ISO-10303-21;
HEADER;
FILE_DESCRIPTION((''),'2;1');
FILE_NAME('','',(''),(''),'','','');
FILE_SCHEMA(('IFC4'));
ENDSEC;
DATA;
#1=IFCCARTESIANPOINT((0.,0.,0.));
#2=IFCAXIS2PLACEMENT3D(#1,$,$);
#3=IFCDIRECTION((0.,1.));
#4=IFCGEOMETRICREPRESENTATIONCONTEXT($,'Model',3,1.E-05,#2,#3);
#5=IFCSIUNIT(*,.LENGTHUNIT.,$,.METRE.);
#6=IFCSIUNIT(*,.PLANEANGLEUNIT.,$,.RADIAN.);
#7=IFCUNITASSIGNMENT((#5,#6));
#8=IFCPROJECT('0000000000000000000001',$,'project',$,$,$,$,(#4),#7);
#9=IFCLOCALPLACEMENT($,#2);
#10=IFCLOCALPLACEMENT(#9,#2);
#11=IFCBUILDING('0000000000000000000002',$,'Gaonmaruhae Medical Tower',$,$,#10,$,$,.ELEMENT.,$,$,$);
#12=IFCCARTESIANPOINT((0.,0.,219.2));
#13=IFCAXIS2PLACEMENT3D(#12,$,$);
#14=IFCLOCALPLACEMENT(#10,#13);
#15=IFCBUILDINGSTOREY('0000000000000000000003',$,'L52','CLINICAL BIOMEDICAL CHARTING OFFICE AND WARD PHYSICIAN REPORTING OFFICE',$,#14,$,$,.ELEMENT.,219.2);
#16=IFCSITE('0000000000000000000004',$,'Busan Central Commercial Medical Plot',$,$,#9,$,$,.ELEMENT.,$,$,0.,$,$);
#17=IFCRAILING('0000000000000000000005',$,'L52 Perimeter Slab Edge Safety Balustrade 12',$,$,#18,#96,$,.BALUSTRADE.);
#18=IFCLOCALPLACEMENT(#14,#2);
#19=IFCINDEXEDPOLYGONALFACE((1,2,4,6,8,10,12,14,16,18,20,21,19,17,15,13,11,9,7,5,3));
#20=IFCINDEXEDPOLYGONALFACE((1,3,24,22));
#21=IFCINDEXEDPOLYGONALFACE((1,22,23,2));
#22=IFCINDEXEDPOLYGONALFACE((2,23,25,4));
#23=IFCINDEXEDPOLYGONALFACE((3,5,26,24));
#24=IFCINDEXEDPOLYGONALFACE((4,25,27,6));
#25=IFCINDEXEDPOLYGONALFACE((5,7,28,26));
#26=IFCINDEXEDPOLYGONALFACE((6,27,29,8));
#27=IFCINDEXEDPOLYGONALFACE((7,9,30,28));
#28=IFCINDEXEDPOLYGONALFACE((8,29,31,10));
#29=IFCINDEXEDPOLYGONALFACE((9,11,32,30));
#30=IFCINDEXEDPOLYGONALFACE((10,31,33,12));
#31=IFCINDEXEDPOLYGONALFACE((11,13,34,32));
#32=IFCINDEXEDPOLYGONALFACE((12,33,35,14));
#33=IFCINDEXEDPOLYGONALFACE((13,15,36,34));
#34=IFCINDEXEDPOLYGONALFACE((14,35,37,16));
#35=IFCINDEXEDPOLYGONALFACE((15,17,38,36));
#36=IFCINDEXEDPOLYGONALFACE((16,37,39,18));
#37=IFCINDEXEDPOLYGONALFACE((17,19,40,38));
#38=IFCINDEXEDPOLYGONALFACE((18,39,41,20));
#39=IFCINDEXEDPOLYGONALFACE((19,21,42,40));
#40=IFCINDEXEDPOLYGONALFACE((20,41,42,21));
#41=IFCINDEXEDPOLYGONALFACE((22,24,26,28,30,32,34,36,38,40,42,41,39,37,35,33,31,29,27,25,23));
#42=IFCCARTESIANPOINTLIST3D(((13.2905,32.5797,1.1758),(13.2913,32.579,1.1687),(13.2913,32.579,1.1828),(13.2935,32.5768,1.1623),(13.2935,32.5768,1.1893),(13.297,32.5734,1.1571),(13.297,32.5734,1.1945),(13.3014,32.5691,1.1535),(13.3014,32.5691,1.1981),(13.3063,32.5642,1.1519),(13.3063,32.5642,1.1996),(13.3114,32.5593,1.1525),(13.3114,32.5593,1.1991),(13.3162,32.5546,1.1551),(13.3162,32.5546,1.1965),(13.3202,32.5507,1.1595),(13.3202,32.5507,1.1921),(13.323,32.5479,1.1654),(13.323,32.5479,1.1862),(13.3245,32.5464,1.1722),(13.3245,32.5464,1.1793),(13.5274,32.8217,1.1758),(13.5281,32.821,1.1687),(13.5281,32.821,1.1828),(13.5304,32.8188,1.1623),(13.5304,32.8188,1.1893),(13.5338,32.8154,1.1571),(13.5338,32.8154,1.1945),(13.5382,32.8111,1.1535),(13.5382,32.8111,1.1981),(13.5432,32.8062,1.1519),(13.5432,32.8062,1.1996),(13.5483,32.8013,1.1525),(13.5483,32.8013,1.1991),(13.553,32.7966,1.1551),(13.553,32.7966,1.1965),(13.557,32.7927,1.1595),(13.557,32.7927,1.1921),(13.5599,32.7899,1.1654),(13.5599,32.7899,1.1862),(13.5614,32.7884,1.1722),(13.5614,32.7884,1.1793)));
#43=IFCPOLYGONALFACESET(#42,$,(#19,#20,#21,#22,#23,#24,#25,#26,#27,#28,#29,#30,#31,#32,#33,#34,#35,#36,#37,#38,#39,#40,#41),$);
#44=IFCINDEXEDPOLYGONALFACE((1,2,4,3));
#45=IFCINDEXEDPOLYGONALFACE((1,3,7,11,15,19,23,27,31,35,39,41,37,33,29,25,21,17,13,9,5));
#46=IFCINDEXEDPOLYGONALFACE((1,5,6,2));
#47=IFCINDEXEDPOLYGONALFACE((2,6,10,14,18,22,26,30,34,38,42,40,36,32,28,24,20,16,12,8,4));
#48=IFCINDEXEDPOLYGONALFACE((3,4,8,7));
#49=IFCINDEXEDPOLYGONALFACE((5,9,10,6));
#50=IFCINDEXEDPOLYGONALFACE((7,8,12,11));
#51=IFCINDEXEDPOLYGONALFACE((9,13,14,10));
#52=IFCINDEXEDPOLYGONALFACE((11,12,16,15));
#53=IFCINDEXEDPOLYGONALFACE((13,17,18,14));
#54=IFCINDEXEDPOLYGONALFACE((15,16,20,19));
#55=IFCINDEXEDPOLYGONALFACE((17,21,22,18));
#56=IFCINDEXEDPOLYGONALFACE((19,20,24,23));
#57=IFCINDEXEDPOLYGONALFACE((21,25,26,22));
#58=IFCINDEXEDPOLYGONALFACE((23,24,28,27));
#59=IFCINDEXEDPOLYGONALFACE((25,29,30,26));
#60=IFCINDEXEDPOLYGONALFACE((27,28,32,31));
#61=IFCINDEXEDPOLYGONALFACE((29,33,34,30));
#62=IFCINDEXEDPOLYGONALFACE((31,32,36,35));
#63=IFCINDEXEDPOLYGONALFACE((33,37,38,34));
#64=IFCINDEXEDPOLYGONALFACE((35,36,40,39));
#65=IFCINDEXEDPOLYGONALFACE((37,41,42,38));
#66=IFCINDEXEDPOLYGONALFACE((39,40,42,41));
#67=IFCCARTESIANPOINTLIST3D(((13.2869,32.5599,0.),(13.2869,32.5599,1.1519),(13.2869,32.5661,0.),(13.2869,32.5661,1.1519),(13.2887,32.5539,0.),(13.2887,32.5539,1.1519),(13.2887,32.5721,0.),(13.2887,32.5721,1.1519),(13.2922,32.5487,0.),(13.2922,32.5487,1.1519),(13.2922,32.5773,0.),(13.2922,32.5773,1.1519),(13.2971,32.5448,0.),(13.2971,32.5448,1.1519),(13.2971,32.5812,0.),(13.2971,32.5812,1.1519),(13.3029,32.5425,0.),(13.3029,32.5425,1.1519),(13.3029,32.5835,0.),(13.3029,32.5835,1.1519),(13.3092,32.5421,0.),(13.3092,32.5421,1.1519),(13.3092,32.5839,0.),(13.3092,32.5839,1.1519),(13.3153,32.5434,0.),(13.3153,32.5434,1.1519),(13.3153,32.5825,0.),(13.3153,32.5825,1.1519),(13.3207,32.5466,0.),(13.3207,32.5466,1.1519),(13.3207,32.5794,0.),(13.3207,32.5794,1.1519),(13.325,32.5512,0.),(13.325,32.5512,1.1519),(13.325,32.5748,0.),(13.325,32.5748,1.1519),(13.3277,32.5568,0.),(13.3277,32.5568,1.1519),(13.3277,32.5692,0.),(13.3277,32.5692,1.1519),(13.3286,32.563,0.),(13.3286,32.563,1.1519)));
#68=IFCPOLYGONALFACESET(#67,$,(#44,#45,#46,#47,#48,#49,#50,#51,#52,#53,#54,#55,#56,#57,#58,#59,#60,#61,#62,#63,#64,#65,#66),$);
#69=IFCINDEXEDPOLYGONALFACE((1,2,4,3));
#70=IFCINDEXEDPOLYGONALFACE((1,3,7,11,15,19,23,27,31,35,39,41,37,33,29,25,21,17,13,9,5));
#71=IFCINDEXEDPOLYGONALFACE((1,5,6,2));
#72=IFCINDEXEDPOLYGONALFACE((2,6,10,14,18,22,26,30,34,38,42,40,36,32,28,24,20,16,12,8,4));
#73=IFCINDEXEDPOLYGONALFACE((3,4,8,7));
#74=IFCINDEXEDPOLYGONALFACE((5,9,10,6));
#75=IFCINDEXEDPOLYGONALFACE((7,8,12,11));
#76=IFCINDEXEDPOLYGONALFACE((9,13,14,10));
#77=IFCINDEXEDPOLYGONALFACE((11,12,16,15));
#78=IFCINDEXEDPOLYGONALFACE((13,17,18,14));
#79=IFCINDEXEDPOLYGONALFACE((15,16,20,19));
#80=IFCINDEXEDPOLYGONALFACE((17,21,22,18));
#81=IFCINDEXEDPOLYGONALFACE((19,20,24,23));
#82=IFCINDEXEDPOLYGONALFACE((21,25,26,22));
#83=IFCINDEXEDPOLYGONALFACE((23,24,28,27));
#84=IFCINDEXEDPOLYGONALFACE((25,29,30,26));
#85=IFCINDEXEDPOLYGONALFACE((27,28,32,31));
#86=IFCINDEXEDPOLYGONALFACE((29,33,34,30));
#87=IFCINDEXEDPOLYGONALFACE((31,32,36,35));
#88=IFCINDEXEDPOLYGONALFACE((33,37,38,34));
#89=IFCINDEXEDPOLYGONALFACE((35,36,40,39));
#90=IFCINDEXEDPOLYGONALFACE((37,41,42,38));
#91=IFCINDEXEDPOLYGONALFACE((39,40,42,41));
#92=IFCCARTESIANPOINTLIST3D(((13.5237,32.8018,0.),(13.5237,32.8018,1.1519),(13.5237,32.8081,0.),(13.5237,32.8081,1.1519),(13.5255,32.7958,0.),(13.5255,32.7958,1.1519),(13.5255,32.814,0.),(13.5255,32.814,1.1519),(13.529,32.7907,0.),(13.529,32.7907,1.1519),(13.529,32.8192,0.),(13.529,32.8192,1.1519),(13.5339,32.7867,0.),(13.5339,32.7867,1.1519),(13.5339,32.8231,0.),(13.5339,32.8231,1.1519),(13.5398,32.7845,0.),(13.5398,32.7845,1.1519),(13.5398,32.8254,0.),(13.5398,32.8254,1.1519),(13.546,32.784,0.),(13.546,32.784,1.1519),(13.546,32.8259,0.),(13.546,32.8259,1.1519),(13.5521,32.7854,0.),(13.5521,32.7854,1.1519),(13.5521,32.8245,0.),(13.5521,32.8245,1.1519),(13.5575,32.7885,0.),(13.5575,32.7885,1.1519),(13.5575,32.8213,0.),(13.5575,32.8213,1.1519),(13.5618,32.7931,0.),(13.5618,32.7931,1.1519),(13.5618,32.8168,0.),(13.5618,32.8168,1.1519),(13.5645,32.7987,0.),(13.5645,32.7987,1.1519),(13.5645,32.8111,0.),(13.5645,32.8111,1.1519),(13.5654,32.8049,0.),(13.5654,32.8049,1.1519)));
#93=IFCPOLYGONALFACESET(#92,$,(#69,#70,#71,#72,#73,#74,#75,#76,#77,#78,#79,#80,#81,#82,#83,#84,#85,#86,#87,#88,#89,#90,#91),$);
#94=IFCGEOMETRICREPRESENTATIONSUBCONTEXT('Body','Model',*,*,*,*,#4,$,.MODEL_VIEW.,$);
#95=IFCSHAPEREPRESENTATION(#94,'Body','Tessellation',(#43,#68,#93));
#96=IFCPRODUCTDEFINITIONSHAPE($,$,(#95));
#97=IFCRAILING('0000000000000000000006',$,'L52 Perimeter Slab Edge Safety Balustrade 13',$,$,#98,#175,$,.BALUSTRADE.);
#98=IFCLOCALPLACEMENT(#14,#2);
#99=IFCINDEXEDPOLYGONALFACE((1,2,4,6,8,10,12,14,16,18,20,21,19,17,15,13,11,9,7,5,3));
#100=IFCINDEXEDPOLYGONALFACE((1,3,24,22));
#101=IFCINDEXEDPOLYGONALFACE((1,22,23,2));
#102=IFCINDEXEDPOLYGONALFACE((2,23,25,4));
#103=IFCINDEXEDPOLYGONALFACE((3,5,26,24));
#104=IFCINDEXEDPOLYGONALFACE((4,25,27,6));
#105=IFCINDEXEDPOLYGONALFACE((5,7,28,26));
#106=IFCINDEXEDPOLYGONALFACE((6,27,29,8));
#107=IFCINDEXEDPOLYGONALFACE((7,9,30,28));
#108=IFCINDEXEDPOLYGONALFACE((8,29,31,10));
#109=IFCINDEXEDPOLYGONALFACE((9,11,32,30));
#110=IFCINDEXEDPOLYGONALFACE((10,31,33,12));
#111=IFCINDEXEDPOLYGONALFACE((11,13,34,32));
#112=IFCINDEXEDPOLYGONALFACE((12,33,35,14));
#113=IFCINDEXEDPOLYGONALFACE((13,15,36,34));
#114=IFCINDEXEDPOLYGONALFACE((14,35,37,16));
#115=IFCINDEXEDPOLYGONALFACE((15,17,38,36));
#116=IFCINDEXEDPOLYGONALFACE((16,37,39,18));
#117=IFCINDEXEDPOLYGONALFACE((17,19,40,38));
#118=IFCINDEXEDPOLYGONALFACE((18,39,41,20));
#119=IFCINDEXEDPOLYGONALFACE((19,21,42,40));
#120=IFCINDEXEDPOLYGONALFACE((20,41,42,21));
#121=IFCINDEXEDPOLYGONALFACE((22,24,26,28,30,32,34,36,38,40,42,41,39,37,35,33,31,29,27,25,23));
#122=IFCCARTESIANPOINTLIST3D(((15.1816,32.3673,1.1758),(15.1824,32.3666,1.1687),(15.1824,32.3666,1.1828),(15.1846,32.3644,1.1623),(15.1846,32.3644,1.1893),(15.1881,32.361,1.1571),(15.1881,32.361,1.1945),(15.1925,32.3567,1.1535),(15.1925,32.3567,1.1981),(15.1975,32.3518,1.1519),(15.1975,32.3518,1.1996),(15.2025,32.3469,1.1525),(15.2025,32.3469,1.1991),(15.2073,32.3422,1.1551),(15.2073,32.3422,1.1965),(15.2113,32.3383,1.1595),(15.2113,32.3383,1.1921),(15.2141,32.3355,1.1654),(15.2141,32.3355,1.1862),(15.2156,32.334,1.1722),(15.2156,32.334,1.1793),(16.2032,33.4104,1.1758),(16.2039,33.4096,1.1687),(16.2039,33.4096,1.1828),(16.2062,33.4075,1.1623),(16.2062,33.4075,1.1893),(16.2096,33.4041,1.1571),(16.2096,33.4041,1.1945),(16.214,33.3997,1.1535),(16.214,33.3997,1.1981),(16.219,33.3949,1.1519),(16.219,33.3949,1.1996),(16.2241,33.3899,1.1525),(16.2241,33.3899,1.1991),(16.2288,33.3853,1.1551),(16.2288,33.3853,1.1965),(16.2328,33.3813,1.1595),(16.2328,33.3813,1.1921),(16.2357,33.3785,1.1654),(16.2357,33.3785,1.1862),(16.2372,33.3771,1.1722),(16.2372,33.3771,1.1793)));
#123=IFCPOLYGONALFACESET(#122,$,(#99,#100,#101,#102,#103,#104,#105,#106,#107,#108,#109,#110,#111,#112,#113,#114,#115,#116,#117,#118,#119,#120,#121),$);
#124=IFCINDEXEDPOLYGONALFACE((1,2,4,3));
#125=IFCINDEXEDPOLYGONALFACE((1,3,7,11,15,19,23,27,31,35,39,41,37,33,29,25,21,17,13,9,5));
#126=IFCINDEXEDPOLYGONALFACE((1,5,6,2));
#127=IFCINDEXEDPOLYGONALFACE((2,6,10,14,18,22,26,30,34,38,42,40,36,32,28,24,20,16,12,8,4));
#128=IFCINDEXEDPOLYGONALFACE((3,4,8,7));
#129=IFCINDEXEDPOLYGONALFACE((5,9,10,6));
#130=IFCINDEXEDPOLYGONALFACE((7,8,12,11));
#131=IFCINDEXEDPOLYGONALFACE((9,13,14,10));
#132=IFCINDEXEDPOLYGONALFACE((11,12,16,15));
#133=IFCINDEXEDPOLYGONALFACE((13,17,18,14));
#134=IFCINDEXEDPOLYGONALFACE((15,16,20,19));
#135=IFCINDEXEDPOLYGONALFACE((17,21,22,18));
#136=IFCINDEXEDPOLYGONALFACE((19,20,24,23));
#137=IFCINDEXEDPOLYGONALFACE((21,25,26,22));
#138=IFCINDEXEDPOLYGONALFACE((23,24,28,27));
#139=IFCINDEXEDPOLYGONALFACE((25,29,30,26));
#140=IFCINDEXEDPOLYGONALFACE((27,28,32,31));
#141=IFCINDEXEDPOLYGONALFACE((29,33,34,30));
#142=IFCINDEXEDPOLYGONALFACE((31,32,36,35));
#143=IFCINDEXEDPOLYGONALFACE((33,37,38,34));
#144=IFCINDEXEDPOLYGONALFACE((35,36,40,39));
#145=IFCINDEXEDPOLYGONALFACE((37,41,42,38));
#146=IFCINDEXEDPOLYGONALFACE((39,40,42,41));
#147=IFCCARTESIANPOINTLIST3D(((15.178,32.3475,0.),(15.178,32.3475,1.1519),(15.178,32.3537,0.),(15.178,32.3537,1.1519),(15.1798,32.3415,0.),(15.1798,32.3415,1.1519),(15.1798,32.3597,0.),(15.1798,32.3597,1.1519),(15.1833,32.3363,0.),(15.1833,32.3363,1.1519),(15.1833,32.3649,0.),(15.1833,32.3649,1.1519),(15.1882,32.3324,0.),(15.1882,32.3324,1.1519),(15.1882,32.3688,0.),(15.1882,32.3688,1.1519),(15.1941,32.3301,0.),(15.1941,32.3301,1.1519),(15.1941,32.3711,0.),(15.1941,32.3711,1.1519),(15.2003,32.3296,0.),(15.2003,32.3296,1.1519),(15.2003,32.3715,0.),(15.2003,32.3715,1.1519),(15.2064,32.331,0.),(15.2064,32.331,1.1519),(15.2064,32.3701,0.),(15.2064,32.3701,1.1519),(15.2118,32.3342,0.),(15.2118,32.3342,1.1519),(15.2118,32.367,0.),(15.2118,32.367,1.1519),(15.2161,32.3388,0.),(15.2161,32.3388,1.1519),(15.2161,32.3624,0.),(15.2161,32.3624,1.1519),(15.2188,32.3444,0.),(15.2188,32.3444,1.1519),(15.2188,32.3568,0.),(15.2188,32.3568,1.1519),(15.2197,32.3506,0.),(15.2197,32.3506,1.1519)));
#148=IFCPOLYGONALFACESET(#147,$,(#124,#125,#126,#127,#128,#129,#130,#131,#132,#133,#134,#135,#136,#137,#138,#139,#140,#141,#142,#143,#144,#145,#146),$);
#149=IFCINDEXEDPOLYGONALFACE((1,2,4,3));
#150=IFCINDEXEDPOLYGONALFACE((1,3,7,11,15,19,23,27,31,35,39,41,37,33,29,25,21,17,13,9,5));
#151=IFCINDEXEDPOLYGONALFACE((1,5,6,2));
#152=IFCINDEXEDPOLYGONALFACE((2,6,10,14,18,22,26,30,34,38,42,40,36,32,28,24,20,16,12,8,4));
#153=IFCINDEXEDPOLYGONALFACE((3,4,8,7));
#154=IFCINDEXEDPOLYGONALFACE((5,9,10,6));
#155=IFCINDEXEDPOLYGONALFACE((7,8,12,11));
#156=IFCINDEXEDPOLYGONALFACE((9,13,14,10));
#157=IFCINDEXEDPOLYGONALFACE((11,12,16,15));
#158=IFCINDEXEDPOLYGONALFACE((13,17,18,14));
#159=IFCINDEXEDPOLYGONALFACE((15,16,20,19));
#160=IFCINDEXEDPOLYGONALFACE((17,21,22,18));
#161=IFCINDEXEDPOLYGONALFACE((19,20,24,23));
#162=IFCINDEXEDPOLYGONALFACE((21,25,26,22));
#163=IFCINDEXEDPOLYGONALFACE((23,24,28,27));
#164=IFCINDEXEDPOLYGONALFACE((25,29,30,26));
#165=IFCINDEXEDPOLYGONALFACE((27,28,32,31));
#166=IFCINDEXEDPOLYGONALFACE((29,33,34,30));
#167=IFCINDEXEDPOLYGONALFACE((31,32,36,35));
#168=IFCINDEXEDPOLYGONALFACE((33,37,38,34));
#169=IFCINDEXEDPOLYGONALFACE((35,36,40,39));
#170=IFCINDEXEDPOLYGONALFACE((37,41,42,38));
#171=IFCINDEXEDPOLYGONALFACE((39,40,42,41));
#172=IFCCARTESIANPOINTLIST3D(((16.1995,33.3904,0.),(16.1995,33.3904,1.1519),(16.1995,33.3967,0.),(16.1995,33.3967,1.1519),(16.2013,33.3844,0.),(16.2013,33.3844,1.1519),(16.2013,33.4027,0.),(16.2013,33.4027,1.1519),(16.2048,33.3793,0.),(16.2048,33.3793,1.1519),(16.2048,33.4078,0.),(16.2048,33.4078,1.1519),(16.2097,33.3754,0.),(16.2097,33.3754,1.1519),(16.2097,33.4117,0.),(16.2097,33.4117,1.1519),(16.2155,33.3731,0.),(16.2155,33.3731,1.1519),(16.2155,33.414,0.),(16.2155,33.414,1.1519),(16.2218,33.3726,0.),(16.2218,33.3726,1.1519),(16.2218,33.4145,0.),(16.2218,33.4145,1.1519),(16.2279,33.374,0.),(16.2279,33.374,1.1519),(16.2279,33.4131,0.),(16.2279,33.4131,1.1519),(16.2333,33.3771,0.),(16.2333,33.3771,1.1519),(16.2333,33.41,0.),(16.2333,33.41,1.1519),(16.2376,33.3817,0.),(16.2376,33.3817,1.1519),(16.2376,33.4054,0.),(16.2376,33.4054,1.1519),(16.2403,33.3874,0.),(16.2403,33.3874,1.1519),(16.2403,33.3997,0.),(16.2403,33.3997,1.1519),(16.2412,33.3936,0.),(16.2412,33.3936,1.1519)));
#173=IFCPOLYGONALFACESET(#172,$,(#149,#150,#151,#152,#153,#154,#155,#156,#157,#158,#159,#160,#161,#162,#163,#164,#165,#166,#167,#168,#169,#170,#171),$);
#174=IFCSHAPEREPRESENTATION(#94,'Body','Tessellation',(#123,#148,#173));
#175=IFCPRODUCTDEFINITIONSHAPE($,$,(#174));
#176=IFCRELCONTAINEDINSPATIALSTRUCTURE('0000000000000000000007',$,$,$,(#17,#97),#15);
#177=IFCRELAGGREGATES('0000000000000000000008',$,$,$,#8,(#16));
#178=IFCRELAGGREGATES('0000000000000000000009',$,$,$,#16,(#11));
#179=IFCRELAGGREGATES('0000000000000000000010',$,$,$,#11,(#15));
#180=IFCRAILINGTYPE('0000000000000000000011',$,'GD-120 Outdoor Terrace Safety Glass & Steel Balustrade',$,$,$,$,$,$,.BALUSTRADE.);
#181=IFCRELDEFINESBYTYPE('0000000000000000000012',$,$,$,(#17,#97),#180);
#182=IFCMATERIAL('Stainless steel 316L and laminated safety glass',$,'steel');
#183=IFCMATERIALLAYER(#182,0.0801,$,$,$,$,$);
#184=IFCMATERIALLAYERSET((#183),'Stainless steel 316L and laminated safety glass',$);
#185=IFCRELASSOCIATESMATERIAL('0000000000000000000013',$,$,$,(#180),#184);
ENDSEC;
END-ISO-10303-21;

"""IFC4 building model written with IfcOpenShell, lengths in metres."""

from ifc_helpers import new_model, si_unit, direction, frame, origin, origin_2d, place, context, subcontext, project, spatial, circle, extrude, material, layer, layer_set, type_object, element, save


model = new_model("IFC4")

# Units and contexts
model_context = context("Model", 3, precision=1e-05, world=origin(), true_north=direction((0.0, 1.0)))
body_context = subcontext(model_context, "Body", "Model", "MODEL_VIEW")
ifc_project = project(units=[si_unit("LENGTHUNIT", "METRE"), si_unit("PLANEANGLEUNIT", "RADIAN")], contexts=[model_context])

# Site, building, storey
site_placement = place(None, origin())
site = spatial("IfcSite", under=ifc_project, at=site_placement, Name="Busan Central Commercial Medical Plot", CompositionType="ELEMENT", RefElevation=0.0)
building_placement = place(site_placement, origin())
building = spatial("IfcBuilding", under=site, at=building_placement, Name="Gaonmaruhae Medical Tower", CompositionType="ELEMENT")
storey_placement = place(building_placement, frame((0.0, 0.0, 219.2)))
storey = spatial("IfcBuildingStorey", under=building, at=storey_placement, Name="L52", Description="CLINICAL BIOMEDICAL CHARTING OFFICE AND WARD PHYSICIAN REPORTING OFFICE", CompositionType="ELEMENT", Elevation=219.2)

# Railings
ifc_material_1 = material(Name="Stainless steel 316L and laminated safety glass", Category="steel")
ifc_layer_1 = layer(ifc_material_1, 0.0801)
ifc_layer_set_1 = layer_set([ifc_layer_1], Name="Stainless steel 316L and laminated safety glass")
railing_type = type_object("IfcRailingType", Name="GD-120 Outdoor Terrace Safety Glass & Steel Balustrade", PredefinedType="BALUSTRADE", material=ifc_layer_set_1)
railing_1_placement = place(storey_placement, frame((13.3076, 32.563, 0.0)))
element("IfcRailing", 1, at=railing_1_placement, inside=storey, type_object=railing_type, Name="L52 Perimeter Slab Edge Safety Balustrade 12", PredefinedType="BALUSTRADE", context=body_context, shape_type="SweptSolid", body=[
    extrude(circle(Radius=0.0239, at=origin_2d()), frame((0.0, 0.0, 1.1758), z_axis=(0.699494, 0.714638, 0.0), x_axis=(-0.714638, 0.699494, 0.0)), (0.0, 0.0, 1.0), 0.3386),
    extrude(circle(Radius=0.021, at=origin_2d()), origin(), (0.0, 0.0, 1.0), 1.1519),
    extrude(circle(Radius=0.021, at=origin_2d()), frame((0.2368, 0.2419, 0.0)), (0.0, 0.0, 1.0), 1.1519),
])
railing_2_placement = place(storey_placement, frame((15.1987, 32.3506, 0.0)))
element("IfcRailing", 2, at=railing_2_placement, inside=storey, type_object=railing_type, Name="L52 Perimeter Slab Edge Safety Balustrade 13", PredefinedType="BALUSTRADE", context=body_context, shape_type="SweptSolid", body=[
    extrude(circle(Radius=0.0239, at=origin_2d()), frame((0.0, 0.0, 1.1758), z_axis=(0.69971, 0.714427, 0.0), x_axis=(-0.714427, 0.69971, 0.0)), (0.0, 0.0, 1.0), 1.46),
    extrude(circle(Radius=0.021, at=origin_2d()), origin(), (0.0, 0.0, 1.0), 1.1519),
    extrude(circle(Radius=0.021, at=origin_2d()), frame((1.0215, 1.043, 0.0)), (0.0, 0.0, 1.0), 1.1519),
])

save(model, "model.ifc")
